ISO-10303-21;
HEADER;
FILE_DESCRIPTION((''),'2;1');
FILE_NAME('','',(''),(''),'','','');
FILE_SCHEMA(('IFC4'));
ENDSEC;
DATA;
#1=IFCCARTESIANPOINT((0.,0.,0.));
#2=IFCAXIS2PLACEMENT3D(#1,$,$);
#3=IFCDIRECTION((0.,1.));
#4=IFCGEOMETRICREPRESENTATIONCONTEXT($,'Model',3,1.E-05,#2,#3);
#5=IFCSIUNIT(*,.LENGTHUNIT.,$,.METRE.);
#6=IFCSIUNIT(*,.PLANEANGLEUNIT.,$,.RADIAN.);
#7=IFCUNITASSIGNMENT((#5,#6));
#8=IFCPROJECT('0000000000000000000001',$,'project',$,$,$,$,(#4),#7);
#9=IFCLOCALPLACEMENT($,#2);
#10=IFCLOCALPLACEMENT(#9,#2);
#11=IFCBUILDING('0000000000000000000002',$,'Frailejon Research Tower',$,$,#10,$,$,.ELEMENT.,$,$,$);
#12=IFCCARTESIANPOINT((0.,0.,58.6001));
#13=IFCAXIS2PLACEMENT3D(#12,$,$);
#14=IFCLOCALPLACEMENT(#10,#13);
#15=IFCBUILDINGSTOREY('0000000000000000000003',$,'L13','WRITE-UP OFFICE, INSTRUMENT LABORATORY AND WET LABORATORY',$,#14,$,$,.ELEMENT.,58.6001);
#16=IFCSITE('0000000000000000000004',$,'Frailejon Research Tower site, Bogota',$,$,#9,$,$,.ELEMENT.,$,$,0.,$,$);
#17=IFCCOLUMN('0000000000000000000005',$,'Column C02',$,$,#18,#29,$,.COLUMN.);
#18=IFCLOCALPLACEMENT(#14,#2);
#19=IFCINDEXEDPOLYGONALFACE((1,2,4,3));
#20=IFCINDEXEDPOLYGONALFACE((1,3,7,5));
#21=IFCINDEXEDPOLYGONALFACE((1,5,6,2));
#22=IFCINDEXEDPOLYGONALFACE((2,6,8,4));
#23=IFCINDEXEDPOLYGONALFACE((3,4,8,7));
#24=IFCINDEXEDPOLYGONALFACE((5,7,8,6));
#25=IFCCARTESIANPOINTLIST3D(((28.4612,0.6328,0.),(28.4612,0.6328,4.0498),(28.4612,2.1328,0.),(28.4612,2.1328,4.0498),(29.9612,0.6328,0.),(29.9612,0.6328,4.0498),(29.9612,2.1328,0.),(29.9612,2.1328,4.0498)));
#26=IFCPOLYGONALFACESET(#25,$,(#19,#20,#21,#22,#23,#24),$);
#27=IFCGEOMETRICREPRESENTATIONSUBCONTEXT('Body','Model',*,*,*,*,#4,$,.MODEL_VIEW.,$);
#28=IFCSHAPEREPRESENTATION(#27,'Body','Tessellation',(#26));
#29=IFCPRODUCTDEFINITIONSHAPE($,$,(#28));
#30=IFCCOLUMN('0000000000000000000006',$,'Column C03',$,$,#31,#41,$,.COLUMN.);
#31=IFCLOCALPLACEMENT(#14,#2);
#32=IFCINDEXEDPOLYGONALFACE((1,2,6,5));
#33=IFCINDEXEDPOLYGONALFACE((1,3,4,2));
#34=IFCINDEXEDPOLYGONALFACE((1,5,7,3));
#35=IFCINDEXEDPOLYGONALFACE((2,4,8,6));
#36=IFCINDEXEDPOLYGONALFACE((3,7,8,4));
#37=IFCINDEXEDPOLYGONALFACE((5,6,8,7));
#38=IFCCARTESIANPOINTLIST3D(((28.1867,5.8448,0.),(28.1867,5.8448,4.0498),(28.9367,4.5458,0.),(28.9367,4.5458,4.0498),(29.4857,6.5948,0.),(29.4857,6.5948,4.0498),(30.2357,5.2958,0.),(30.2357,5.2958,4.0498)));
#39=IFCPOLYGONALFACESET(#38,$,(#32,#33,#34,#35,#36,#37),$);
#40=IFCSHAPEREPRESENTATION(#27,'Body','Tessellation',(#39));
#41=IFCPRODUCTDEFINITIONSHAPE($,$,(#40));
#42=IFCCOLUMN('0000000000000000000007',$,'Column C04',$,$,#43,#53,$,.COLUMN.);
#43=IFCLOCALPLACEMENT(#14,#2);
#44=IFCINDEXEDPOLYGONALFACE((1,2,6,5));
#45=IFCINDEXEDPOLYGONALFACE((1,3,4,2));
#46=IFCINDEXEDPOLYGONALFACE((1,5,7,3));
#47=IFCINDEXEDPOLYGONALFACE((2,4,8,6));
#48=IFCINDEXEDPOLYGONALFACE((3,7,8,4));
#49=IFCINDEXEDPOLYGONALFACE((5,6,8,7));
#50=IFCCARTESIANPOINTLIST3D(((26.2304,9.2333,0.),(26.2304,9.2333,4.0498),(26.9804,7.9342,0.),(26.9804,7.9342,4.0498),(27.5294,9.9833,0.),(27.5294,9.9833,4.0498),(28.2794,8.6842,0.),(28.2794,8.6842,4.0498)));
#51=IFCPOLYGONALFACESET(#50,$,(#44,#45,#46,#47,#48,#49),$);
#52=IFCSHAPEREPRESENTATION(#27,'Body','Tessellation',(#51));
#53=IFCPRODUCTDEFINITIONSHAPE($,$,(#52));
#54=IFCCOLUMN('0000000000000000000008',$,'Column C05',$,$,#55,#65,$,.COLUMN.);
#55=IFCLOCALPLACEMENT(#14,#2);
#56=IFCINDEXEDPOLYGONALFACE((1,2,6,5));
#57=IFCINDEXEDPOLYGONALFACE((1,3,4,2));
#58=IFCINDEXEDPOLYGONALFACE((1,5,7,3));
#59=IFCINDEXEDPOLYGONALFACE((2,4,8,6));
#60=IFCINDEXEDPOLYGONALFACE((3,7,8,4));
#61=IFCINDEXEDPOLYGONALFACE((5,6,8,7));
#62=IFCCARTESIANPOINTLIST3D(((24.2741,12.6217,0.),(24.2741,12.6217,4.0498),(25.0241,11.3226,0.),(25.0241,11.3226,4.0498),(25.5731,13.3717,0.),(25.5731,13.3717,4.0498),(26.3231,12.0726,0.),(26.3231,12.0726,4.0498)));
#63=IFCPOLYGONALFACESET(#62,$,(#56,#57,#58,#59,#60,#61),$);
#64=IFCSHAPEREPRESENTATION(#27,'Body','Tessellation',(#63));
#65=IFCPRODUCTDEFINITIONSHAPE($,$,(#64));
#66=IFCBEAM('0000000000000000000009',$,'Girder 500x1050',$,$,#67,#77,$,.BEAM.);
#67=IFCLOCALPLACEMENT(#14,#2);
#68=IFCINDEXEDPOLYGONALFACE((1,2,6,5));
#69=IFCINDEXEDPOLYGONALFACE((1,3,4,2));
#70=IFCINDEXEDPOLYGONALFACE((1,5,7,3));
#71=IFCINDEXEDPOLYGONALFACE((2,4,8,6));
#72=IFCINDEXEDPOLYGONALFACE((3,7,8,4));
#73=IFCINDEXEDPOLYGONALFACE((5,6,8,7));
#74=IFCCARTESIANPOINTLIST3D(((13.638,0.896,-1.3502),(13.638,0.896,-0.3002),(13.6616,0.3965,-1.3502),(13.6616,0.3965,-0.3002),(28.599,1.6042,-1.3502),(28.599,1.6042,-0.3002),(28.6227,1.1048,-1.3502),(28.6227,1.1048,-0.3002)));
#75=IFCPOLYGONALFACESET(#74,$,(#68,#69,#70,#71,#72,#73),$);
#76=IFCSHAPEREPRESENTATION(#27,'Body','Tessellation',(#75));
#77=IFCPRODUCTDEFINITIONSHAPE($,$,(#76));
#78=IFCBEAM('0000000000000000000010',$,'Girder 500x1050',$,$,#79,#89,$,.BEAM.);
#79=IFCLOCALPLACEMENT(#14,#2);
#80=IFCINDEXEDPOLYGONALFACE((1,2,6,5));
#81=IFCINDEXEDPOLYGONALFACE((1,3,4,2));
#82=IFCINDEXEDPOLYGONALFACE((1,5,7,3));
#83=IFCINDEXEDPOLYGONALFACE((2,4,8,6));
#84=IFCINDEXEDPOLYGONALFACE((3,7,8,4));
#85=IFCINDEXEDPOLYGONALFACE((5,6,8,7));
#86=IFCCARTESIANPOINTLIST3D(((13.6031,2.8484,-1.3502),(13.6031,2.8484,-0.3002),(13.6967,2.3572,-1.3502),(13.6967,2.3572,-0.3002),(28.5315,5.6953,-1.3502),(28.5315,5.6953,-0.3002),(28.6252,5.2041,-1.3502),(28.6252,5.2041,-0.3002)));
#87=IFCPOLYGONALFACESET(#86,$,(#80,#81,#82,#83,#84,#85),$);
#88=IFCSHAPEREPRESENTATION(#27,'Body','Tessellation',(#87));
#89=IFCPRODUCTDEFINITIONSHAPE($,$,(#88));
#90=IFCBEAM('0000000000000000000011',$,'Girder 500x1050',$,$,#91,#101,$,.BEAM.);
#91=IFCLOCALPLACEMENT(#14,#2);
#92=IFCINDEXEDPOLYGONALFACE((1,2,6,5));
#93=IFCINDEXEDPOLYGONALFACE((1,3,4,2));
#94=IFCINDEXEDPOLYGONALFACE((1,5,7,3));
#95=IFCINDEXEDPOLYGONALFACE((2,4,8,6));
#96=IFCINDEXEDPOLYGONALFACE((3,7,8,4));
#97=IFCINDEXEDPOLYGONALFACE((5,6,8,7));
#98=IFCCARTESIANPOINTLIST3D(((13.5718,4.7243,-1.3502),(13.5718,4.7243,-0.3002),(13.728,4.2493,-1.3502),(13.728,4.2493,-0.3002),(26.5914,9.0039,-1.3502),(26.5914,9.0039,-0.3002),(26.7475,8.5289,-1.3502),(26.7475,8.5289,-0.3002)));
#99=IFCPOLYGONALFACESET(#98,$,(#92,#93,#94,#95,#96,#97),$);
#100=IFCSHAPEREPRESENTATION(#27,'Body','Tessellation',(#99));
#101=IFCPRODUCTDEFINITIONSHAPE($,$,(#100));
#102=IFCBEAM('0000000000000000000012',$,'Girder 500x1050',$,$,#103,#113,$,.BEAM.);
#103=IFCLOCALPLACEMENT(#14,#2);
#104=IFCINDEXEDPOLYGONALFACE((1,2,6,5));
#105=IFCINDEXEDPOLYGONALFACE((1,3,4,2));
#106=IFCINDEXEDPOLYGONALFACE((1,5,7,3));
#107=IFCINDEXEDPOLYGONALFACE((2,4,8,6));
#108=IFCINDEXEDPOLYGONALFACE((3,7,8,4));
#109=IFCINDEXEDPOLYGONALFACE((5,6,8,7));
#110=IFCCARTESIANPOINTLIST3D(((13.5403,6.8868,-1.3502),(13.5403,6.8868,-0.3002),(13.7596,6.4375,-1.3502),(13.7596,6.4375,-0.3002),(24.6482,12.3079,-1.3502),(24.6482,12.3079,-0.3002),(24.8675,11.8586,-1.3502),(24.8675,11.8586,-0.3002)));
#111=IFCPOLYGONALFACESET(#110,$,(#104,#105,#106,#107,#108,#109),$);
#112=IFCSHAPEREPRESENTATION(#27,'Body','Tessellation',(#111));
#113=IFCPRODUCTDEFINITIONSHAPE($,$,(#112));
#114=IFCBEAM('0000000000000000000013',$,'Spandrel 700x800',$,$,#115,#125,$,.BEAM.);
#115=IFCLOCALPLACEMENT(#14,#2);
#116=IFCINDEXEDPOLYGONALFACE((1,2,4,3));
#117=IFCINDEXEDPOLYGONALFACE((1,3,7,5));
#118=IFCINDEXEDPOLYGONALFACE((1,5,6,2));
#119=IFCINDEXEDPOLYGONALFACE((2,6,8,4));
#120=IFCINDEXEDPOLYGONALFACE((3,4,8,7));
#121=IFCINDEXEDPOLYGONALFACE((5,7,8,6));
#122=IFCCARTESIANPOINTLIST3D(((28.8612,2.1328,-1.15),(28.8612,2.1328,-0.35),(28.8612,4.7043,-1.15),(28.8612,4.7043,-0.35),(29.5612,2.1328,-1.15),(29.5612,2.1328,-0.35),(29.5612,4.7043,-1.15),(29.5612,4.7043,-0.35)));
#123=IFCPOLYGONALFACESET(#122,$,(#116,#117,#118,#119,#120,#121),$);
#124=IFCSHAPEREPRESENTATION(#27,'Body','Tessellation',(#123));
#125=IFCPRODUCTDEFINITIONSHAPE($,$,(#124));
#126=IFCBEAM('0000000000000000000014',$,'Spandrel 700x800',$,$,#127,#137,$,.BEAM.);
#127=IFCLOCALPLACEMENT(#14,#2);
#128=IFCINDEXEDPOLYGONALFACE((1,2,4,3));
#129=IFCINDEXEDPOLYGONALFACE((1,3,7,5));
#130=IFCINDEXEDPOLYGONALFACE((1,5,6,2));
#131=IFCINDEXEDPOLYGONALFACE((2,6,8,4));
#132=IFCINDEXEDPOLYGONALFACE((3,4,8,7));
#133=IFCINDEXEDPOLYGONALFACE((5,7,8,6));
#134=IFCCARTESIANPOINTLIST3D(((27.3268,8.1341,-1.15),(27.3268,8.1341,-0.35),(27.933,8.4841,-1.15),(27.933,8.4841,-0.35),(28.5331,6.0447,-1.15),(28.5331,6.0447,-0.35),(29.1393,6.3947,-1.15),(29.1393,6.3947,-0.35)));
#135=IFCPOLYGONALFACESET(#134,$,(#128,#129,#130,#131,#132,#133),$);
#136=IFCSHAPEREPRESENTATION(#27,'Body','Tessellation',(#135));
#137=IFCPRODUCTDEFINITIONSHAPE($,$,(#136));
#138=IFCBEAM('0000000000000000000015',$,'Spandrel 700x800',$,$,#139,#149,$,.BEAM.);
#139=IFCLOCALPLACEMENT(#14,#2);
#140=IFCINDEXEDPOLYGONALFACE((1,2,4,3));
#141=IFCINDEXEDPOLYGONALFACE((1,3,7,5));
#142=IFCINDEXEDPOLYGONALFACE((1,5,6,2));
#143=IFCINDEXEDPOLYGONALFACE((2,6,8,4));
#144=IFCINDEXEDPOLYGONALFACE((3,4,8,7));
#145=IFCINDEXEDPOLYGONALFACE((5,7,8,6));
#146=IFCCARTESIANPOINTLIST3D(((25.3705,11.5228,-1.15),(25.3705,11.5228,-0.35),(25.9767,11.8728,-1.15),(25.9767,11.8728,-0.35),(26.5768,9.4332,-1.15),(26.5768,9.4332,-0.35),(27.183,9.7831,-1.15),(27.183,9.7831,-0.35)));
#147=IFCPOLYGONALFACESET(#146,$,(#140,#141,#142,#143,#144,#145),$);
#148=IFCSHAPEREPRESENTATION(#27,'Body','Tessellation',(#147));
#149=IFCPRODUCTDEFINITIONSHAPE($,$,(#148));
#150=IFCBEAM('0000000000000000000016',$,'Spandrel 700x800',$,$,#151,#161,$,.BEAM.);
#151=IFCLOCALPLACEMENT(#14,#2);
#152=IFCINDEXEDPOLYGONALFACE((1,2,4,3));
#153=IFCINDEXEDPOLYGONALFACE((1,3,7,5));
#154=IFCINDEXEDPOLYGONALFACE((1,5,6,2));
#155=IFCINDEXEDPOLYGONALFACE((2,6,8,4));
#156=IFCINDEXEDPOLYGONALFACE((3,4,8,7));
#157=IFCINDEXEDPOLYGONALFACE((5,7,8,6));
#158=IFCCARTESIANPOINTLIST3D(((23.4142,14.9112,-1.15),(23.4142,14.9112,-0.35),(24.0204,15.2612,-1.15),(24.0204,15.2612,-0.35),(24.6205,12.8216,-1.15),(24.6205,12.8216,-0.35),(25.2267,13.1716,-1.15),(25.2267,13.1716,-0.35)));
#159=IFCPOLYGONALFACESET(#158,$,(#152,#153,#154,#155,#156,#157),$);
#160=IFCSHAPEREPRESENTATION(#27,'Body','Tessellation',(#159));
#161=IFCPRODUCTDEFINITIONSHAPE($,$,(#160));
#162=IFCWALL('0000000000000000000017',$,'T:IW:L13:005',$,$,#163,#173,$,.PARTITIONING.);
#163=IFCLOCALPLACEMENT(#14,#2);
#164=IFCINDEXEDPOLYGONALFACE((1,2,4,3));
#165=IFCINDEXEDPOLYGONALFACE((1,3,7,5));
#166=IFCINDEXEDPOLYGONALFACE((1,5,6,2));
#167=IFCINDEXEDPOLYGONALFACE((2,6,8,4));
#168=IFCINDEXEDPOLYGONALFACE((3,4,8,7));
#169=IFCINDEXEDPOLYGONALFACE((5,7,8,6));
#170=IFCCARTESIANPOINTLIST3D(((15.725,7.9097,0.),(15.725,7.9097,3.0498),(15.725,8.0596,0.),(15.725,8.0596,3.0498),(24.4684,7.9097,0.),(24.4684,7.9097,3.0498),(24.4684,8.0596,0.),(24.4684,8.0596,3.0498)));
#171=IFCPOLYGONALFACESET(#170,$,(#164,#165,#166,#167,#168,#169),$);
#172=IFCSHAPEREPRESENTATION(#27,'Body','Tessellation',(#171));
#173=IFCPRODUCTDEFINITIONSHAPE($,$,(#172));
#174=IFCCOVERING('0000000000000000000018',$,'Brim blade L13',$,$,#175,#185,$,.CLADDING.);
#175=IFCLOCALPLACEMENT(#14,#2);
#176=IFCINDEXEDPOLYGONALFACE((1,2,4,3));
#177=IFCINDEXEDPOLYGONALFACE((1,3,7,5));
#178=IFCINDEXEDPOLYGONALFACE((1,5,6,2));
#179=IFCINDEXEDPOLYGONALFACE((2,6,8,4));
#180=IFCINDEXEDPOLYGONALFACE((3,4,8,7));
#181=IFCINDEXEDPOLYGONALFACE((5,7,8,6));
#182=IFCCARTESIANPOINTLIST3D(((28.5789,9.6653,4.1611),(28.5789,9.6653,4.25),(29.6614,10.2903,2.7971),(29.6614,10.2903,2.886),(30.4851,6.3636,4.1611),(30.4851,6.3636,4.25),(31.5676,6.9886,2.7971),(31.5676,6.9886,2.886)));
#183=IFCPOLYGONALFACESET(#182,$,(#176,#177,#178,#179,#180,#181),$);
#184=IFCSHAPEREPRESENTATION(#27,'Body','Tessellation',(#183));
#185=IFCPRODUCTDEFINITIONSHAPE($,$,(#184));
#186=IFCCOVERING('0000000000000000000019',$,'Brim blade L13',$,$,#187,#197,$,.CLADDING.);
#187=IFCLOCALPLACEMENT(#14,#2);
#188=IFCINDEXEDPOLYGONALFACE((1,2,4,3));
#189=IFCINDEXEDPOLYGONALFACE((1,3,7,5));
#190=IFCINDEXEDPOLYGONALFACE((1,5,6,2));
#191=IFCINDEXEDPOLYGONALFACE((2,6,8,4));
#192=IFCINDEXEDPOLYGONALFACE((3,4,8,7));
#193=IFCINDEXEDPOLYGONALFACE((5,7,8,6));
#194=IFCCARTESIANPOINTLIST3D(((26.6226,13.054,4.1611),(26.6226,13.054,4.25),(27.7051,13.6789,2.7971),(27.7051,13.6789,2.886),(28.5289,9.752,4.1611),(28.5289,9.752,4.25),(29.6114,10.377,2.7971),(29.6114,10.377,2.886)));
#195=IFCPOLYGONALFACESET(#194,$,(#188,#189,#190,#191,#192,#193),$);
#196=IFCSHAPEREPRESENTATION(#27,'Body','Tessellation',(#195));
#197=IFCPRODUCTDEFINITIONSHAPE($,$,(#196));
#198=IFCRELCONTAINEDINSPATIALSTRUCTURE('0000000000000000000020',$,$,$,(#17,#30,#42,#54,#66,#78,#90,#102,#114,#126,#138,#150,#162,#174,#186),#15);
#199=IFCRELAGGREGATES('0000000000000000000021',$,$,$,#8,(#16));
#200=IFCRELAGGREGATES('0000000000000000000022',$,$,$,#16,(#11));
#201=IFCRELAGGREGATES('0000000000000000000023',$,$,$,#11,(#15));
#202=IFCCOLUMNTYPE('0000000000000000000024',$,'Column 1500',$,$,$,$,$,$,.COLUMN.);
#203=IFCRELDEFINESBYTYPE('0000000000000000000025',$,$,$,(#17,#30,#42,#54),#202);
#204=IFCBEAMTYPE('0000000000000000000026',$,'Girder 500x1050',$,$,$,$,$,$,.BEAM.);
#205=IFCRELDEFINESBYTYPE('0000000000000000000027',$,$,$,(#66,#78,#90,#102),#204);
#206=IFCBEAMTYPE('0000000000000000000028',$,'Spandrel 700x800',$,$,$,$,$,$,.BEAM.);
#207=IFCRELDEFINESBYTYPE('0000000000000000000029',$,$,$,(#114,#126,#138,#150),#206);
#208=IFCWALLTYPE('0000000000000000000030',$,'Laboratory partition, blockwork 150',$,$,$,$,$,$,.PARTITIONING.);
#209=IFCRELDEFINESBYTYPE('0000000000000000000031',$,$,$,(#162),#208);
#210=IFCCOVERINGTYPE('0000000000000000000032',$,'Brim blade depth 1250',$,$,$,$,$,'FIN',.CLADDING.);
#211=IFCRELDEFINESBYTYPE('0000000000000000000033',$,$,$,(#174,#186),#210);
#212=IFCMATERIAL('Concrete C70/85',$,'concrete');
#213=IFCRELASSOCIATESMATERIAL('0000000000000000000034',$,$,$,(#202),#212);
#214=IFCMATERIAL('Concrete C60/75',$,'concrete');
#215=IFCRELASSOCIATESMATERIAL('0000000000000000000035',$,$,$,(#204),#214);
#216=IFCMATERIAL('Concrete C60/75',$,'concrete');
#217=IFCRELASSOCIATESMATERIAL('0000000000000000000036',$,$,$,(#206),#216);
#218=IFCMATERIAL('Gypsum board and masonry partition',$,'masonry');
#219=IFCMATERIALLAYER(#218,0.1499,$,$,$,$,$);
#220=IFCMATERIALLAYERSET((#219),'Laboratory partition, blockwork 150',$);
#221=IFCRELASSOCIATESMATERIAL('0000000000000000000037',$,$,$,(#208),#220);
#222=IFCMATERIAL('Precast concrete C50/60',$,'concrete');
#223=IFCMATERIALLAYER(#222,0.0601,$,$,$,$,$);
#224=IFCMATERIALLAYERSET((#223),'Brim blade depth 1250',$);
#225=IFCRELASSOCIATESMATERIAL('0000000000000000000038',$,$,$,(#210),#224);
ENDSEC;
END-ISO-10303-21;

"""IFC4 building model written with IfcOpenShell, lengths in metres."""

from ifc_helpers import new_model, si_unit, direction, frame, frame_2d, origin, origin_2d, place, context, subcontext, project, spatial, polyline, rectangle, outline, extrude, material, layer, layer_set, material_profile, profile_set, type_object, element, save


model = new_model("IFC4")

# Units and contexts
model_context = context("Model", 3, precision=1e-05, world=origin(), true_north=direction((0.0, 1.0)))
body_context = subcontext(model_context, "Body", "Model", "MODEL_VIEW")
ifc_project = project(units=[si_unit("LENGTHUNIT", "METRE"), si_unit("PLANEANGLEUNIT", "RADIAN")], contexts=[model_context])

# Site, building, storey
site_placement = place(None, origin())
site = spatial("IfcSite", under=ifc_project, at=site_placement, Name="Frailejon Research Tower site, Bogota", CompositionType="ELEMENT", RefElevation=0.0)
building_placement = place(site_placement, origin())
building = spatial("IfcBuilding", under=site, at=building_placement, Name="Frailejon Research Tower", CompositionType="ELEMENT")
storey_placement = place(building_placement, frame((0.0, 0.0, 58.6001)))
storey = spatial("IfcBuildingStorey", under=building, at=storey_placement, Name="L13", Description="WRITE-UP OFFICE, INSTRUMENT LABORATORY AND WET LABORATORY", CompositionType="ELEMENT", Elevation=58.6001)

# Columns
ifc_material_1 = material(Name="Concrete C70/85", Category="concrete")
ifc_material_profile_1 = material_profile(ifc_material_1, rectangle(XDim=1.5, YDim=1.5, at=origin_2d()), Name="Column 1500")
ifc_profile_set_1 = profile_set([ifc_material_profile_1], Name="Concrete C70/85")
column_type = type_object("IfcColumnType", Name="Column 1500", PredefinedType="COLUMN", material=ifc_profile_set_1)
for number, where, z_axis, x_axis, name in (
    (1, (29.2112, 1.3828, 0.0), (0.0, 0.0, 1.0), (0.0, 1.0, 0.0), "Column C02"),
    (2, (29.2112, 5.5703, 0.0), (0.0, 0.0, 1.0), (-0.5, 0.866025, 0.0), "Column C03"),
    (3, (27.2549, 8.9587, 0.0), (0.0, 0.0, 1.0), (-0.5, 0.866025, 0.0), "Column C04"),
    (4, (25.2986, 12.3472, 0.0), (0.0, 0.0, 1.0), (-0.5, 0.866025, 0.0), "Column C05"),
):
    element("IfcColumn", number, at=place(storey_placement, frame(where, z_axis=z_axis, x_axis=x_axis)), inside=storey, type_object=column_type, Name=name, PredefinedType="COLUMN", context=body_context, shape_type="SweptSolid", body=[
        extrude(rectangle(XDim=1.5, YDim=1.5, at=origin_2d()), origin(), (0.0, 0.0, 1.0), 4.0498),
    ])

# Beams
ifc_material_2 = material(Name="Concrete C60/75", Category="concrete")
ifc_material_profile_2 = material_profile(ifc_material_2, rectangle(XDim=0.5, YDim=1.05, at=origin_2d()), Name="Girder 500x1050")
ifc_profile_set_2 = profile_set([ifc_material_profile_2], Name="Concrete C60/75")
beam_type_1 = type_object("IfcBeamType", Name="Girder 500x1050", PredefinedType="BEAM", material=ifc_profile_set_2)
beam_1_placement = place(storey_placement, frame((28.6108, 1.3545, -0.8252), z_axis=(-0.998881, -0.047287, 0.0), x_axis=(0.047287, -0.998881, 0.0)))
element("IfcBeam", 5, at=beam_1_placement, inside=storey, type_object=beam_type_1, Name="Girder 500x1050", PredefinedType="BEAM", context=body_context, shape_type="SweptSolid", body=[
    extrude(rectangle(XDim=0.5, YDim=1.05, at=origin_2d()), origin(), (0.0, 0.0, 1.0), 14.9778),
])
beam_2_placement = place(storey_placement, frame((28.5784, 5.4497, -0.8252), z_axis=(-0.982297, -0.187328, 0.0), x_axis=(0.187328, -0.982297, 0.0)))
element("IfcBeam", 6, at=beam_2_placement, inside=storey, type_object=beam_type_1, Name="Girder 500x1050", PredefinedType="BEAM", context=body_context, shape_type="SweptSolid", body=[
    extrude(rectangle(XDim=0.5, YDim=1.05, at=origin_2d()), origin(), (0.0, 0.0, 1.0), 15.1975),
])
beam_3_placement = place(storey_placement, frame((26.6694, 8.7664, -0.8252), z_axis=(-0.949995, -0.312265, 0.0), x_axis=(0.312265, -0.949995, 0.0)))
element("IfcBeam", 7, at=beam_3_placement, inside=storey, type_object=beam_type_1, Name="Girder 500x1050", PredefinedType="BEAM", context=body_context, shape_type="SweptSolid", body=[
    extrude(rectangle(XDim=0.5, YDim=1.05, at=origin_2d()), origin(), (0.0, 0.0, 1.0), 13.7048),
])
beam_4_placement = place(storey_placement, frame((24.7578, 12.0833, -0.8252), z_axis=(-0.898684, -0.438597, 0.0), x_axis=(0.438597, -0.898684, 0.0)))
element("IfcBeam", 8, at=beam_4_placement, inside=storey, type_object=beam_type_1, Name="Girder 500x1050", PredefinedType="BEAM", context=body_context, shape_type="SweptSolid", body=[
    extrude(rectangle(XDim=0.5, YDim=1.05, at=origin_2d()), origin(), (0.0, 0.0, 1.0), 12.3601),
])
ifc_material_3 = material(Name="Concrete C60/75", Category="concrete")
ifc_material_profile_3 = material_profile(ifc_material_3, rectangle(XDim=0.7, YDim=0.8, at=origin_2d()), Name="Spandrel 700x800")
ifc_profile_set_3 = profile_set([ifc_material_profile_3], Name="Concrete C60/75")
beam_type_2 = type_object("IfcBeamType", Name="Spandrel 700x800", PredefinedType="BEAM", material=ifc_profile_set_3)
beam_5_placement = place(storey_placement, frame((29.2112, 2.1328, -0.75), z_axis=(0.0, 1.0, 0.0), x_axis=(-1.0, 0.0, 0.0)))
element("IfcBeam", 9, at=beam_5_placement, inside=storey, type_object=beam_type_2, Name="Spandrel 700x800", PredefinedType="BEAM", context=body_context, shape_type="SweptSolid", body=[
    extrude(rectangle(XDim=0.7, YDim=0.8, at=origin_2d()), origin(), (0.0, 0.0, 1.0), 2.5715),
])
beam_6_placement = place(storey_placement, frame((28.8362, 6.2197, -0.75), z_axis=(-0.500003, 0.866024, 0.0), x_axis=(-0.866024, -0.500003, 0.0)))
element("IfcBeam", 10, at=beam_6_placement, inside=storey, type_object=beam_type_2, Name="Spandrel 700x800", PredefinedType="BEAM", context=body_context, shape_type="SweptSolid", body=[
    extrude(rectangle(XDim=0.7, YDim=0.8, at=origin_2d()), origin(), (0.0, 0.0, 1.0), 2.4126),
])
for number, where, z_axis, x_axis, name in (
    (11, (26.8799, 9.6082, -0.75), (-0.499959, 0.866049, 0.0), (-0.866049, -0.499959, 0.0), "Spandrel 700x800"),
    (12, (24.9236, 12.9966, -0.75), (-0.499959, 0.866049, 0.0), (-0.866049, -0.499959, 0.0), "Spandrel 700x800"),
):
    element("IfcBeam", number, at=place(storey_placement, frame(where, z_axis=z_axis, x_axis=x_axis)), inside=storey, type_object=beam_type_2, Name=name, PredefinedType="BEAM", context=body_context, shape_type="SweptSolid", body=[
        extrude(rectangle(XDim=0.7, YDim=0.8, at=origin_2d()), origin(), (0.0, 0.0, 1.0), 2.4128),
    ])

# Wall
ifc_material_4 = material(Name="Gypsum board and masonry partition", Category="masonry")
ifc_layer_1 = layer(ifc_material_4, 0.1499)
ifc_layer_set_1 = layer_set([ifc_layer_1], Name="Laboratory partition, blockwork 150")
wall_type_1 = type_object("IfcWallType", Name="Laboratory partition, blockwork 150", PredefinedType="PARTITIONING", material=ifc_layer_set_1)
wall_1_placement = place(storey_placement, frame((15.7251, 7.9846, 0.0), z_axis=(0.0, 0.0, 1.0), x_axis=(1.0, 0.0, 0.0)))
element("IfcWall", 13, at=wall_1_placement, inside=storey, type_object=wall_type_1, Name="T:IW:L13:005", PredefinedType="PARTITIONING", context=body_context, shape_type="SweptSolid", body=[
    extrude(rectangle(XDim=8.7434, YDim=0.1499, at=frame_2d((4.3716, 0.0))), origin(), (0.0, 0.0, 1.0), 3.0498),
])

# Coverings
ifc_material_5 = material(Name="Precast concrete C50/60", Category="concrete")
ifc_layer_2 = layer(ifc_material_5, 0.0601)
ifc_layer_set_2 = layer_set([ifc_layer_2], Name="Brim blade depth 1250")
covering_type_1 = type_object("IfcCoveringType", Name="Brim blade depth 1250", ElementType="FIN", PredefinedType="CLADDING", material=ifc_layer_set_2)
covering_1_placement = place(storey_placement, frame((28.5789, 9.6653, 4.25), z_axis=(0.500001, -0.866025, 0.0), x_axis=(0.866025, 0.500001, 0.0)))
element("IfcCovering", 14, at=covering_1_placement, inside=storey, type_object=covering_type_1, Name="Brim blade L13", PredefinedType="CLADDING", context=body_context, shape_type="SweptSolid", body=[
    extrude(outline(polyline([(0.0, -0.0889), (1.25, -1.4529), (1.25, -1.364), (0.0, 0.0), (0.0, -0.0889)])), origin(), (0.0, 0.0, 1.0), 3.8125),
])
covering_2_placement = place(storey_placement, frame((26.6226, 13.054, 4.25), z_axis=(0.49999, -0.866031, 0.0), x_axis=(0.866031, 0.49999, 0.0)))
element("IfcCovering", 15, at=covering_2_placement, inside=storey, type_object=covering_type_1, Name="Brim blade L13", PredefinedType="CLADDING", context=body_context, shape_type="SweptSolid", body=[
    extrude(outline(polyline([(0.0, -0.0889), (1.25, -1.4529), (1.25, -1.364), (0.0, 0.0), (0.0, -0.0889)])), origin(), (0.0, 0.0, 1.0), 3.8127),
])

save(model, "model.ifc")
